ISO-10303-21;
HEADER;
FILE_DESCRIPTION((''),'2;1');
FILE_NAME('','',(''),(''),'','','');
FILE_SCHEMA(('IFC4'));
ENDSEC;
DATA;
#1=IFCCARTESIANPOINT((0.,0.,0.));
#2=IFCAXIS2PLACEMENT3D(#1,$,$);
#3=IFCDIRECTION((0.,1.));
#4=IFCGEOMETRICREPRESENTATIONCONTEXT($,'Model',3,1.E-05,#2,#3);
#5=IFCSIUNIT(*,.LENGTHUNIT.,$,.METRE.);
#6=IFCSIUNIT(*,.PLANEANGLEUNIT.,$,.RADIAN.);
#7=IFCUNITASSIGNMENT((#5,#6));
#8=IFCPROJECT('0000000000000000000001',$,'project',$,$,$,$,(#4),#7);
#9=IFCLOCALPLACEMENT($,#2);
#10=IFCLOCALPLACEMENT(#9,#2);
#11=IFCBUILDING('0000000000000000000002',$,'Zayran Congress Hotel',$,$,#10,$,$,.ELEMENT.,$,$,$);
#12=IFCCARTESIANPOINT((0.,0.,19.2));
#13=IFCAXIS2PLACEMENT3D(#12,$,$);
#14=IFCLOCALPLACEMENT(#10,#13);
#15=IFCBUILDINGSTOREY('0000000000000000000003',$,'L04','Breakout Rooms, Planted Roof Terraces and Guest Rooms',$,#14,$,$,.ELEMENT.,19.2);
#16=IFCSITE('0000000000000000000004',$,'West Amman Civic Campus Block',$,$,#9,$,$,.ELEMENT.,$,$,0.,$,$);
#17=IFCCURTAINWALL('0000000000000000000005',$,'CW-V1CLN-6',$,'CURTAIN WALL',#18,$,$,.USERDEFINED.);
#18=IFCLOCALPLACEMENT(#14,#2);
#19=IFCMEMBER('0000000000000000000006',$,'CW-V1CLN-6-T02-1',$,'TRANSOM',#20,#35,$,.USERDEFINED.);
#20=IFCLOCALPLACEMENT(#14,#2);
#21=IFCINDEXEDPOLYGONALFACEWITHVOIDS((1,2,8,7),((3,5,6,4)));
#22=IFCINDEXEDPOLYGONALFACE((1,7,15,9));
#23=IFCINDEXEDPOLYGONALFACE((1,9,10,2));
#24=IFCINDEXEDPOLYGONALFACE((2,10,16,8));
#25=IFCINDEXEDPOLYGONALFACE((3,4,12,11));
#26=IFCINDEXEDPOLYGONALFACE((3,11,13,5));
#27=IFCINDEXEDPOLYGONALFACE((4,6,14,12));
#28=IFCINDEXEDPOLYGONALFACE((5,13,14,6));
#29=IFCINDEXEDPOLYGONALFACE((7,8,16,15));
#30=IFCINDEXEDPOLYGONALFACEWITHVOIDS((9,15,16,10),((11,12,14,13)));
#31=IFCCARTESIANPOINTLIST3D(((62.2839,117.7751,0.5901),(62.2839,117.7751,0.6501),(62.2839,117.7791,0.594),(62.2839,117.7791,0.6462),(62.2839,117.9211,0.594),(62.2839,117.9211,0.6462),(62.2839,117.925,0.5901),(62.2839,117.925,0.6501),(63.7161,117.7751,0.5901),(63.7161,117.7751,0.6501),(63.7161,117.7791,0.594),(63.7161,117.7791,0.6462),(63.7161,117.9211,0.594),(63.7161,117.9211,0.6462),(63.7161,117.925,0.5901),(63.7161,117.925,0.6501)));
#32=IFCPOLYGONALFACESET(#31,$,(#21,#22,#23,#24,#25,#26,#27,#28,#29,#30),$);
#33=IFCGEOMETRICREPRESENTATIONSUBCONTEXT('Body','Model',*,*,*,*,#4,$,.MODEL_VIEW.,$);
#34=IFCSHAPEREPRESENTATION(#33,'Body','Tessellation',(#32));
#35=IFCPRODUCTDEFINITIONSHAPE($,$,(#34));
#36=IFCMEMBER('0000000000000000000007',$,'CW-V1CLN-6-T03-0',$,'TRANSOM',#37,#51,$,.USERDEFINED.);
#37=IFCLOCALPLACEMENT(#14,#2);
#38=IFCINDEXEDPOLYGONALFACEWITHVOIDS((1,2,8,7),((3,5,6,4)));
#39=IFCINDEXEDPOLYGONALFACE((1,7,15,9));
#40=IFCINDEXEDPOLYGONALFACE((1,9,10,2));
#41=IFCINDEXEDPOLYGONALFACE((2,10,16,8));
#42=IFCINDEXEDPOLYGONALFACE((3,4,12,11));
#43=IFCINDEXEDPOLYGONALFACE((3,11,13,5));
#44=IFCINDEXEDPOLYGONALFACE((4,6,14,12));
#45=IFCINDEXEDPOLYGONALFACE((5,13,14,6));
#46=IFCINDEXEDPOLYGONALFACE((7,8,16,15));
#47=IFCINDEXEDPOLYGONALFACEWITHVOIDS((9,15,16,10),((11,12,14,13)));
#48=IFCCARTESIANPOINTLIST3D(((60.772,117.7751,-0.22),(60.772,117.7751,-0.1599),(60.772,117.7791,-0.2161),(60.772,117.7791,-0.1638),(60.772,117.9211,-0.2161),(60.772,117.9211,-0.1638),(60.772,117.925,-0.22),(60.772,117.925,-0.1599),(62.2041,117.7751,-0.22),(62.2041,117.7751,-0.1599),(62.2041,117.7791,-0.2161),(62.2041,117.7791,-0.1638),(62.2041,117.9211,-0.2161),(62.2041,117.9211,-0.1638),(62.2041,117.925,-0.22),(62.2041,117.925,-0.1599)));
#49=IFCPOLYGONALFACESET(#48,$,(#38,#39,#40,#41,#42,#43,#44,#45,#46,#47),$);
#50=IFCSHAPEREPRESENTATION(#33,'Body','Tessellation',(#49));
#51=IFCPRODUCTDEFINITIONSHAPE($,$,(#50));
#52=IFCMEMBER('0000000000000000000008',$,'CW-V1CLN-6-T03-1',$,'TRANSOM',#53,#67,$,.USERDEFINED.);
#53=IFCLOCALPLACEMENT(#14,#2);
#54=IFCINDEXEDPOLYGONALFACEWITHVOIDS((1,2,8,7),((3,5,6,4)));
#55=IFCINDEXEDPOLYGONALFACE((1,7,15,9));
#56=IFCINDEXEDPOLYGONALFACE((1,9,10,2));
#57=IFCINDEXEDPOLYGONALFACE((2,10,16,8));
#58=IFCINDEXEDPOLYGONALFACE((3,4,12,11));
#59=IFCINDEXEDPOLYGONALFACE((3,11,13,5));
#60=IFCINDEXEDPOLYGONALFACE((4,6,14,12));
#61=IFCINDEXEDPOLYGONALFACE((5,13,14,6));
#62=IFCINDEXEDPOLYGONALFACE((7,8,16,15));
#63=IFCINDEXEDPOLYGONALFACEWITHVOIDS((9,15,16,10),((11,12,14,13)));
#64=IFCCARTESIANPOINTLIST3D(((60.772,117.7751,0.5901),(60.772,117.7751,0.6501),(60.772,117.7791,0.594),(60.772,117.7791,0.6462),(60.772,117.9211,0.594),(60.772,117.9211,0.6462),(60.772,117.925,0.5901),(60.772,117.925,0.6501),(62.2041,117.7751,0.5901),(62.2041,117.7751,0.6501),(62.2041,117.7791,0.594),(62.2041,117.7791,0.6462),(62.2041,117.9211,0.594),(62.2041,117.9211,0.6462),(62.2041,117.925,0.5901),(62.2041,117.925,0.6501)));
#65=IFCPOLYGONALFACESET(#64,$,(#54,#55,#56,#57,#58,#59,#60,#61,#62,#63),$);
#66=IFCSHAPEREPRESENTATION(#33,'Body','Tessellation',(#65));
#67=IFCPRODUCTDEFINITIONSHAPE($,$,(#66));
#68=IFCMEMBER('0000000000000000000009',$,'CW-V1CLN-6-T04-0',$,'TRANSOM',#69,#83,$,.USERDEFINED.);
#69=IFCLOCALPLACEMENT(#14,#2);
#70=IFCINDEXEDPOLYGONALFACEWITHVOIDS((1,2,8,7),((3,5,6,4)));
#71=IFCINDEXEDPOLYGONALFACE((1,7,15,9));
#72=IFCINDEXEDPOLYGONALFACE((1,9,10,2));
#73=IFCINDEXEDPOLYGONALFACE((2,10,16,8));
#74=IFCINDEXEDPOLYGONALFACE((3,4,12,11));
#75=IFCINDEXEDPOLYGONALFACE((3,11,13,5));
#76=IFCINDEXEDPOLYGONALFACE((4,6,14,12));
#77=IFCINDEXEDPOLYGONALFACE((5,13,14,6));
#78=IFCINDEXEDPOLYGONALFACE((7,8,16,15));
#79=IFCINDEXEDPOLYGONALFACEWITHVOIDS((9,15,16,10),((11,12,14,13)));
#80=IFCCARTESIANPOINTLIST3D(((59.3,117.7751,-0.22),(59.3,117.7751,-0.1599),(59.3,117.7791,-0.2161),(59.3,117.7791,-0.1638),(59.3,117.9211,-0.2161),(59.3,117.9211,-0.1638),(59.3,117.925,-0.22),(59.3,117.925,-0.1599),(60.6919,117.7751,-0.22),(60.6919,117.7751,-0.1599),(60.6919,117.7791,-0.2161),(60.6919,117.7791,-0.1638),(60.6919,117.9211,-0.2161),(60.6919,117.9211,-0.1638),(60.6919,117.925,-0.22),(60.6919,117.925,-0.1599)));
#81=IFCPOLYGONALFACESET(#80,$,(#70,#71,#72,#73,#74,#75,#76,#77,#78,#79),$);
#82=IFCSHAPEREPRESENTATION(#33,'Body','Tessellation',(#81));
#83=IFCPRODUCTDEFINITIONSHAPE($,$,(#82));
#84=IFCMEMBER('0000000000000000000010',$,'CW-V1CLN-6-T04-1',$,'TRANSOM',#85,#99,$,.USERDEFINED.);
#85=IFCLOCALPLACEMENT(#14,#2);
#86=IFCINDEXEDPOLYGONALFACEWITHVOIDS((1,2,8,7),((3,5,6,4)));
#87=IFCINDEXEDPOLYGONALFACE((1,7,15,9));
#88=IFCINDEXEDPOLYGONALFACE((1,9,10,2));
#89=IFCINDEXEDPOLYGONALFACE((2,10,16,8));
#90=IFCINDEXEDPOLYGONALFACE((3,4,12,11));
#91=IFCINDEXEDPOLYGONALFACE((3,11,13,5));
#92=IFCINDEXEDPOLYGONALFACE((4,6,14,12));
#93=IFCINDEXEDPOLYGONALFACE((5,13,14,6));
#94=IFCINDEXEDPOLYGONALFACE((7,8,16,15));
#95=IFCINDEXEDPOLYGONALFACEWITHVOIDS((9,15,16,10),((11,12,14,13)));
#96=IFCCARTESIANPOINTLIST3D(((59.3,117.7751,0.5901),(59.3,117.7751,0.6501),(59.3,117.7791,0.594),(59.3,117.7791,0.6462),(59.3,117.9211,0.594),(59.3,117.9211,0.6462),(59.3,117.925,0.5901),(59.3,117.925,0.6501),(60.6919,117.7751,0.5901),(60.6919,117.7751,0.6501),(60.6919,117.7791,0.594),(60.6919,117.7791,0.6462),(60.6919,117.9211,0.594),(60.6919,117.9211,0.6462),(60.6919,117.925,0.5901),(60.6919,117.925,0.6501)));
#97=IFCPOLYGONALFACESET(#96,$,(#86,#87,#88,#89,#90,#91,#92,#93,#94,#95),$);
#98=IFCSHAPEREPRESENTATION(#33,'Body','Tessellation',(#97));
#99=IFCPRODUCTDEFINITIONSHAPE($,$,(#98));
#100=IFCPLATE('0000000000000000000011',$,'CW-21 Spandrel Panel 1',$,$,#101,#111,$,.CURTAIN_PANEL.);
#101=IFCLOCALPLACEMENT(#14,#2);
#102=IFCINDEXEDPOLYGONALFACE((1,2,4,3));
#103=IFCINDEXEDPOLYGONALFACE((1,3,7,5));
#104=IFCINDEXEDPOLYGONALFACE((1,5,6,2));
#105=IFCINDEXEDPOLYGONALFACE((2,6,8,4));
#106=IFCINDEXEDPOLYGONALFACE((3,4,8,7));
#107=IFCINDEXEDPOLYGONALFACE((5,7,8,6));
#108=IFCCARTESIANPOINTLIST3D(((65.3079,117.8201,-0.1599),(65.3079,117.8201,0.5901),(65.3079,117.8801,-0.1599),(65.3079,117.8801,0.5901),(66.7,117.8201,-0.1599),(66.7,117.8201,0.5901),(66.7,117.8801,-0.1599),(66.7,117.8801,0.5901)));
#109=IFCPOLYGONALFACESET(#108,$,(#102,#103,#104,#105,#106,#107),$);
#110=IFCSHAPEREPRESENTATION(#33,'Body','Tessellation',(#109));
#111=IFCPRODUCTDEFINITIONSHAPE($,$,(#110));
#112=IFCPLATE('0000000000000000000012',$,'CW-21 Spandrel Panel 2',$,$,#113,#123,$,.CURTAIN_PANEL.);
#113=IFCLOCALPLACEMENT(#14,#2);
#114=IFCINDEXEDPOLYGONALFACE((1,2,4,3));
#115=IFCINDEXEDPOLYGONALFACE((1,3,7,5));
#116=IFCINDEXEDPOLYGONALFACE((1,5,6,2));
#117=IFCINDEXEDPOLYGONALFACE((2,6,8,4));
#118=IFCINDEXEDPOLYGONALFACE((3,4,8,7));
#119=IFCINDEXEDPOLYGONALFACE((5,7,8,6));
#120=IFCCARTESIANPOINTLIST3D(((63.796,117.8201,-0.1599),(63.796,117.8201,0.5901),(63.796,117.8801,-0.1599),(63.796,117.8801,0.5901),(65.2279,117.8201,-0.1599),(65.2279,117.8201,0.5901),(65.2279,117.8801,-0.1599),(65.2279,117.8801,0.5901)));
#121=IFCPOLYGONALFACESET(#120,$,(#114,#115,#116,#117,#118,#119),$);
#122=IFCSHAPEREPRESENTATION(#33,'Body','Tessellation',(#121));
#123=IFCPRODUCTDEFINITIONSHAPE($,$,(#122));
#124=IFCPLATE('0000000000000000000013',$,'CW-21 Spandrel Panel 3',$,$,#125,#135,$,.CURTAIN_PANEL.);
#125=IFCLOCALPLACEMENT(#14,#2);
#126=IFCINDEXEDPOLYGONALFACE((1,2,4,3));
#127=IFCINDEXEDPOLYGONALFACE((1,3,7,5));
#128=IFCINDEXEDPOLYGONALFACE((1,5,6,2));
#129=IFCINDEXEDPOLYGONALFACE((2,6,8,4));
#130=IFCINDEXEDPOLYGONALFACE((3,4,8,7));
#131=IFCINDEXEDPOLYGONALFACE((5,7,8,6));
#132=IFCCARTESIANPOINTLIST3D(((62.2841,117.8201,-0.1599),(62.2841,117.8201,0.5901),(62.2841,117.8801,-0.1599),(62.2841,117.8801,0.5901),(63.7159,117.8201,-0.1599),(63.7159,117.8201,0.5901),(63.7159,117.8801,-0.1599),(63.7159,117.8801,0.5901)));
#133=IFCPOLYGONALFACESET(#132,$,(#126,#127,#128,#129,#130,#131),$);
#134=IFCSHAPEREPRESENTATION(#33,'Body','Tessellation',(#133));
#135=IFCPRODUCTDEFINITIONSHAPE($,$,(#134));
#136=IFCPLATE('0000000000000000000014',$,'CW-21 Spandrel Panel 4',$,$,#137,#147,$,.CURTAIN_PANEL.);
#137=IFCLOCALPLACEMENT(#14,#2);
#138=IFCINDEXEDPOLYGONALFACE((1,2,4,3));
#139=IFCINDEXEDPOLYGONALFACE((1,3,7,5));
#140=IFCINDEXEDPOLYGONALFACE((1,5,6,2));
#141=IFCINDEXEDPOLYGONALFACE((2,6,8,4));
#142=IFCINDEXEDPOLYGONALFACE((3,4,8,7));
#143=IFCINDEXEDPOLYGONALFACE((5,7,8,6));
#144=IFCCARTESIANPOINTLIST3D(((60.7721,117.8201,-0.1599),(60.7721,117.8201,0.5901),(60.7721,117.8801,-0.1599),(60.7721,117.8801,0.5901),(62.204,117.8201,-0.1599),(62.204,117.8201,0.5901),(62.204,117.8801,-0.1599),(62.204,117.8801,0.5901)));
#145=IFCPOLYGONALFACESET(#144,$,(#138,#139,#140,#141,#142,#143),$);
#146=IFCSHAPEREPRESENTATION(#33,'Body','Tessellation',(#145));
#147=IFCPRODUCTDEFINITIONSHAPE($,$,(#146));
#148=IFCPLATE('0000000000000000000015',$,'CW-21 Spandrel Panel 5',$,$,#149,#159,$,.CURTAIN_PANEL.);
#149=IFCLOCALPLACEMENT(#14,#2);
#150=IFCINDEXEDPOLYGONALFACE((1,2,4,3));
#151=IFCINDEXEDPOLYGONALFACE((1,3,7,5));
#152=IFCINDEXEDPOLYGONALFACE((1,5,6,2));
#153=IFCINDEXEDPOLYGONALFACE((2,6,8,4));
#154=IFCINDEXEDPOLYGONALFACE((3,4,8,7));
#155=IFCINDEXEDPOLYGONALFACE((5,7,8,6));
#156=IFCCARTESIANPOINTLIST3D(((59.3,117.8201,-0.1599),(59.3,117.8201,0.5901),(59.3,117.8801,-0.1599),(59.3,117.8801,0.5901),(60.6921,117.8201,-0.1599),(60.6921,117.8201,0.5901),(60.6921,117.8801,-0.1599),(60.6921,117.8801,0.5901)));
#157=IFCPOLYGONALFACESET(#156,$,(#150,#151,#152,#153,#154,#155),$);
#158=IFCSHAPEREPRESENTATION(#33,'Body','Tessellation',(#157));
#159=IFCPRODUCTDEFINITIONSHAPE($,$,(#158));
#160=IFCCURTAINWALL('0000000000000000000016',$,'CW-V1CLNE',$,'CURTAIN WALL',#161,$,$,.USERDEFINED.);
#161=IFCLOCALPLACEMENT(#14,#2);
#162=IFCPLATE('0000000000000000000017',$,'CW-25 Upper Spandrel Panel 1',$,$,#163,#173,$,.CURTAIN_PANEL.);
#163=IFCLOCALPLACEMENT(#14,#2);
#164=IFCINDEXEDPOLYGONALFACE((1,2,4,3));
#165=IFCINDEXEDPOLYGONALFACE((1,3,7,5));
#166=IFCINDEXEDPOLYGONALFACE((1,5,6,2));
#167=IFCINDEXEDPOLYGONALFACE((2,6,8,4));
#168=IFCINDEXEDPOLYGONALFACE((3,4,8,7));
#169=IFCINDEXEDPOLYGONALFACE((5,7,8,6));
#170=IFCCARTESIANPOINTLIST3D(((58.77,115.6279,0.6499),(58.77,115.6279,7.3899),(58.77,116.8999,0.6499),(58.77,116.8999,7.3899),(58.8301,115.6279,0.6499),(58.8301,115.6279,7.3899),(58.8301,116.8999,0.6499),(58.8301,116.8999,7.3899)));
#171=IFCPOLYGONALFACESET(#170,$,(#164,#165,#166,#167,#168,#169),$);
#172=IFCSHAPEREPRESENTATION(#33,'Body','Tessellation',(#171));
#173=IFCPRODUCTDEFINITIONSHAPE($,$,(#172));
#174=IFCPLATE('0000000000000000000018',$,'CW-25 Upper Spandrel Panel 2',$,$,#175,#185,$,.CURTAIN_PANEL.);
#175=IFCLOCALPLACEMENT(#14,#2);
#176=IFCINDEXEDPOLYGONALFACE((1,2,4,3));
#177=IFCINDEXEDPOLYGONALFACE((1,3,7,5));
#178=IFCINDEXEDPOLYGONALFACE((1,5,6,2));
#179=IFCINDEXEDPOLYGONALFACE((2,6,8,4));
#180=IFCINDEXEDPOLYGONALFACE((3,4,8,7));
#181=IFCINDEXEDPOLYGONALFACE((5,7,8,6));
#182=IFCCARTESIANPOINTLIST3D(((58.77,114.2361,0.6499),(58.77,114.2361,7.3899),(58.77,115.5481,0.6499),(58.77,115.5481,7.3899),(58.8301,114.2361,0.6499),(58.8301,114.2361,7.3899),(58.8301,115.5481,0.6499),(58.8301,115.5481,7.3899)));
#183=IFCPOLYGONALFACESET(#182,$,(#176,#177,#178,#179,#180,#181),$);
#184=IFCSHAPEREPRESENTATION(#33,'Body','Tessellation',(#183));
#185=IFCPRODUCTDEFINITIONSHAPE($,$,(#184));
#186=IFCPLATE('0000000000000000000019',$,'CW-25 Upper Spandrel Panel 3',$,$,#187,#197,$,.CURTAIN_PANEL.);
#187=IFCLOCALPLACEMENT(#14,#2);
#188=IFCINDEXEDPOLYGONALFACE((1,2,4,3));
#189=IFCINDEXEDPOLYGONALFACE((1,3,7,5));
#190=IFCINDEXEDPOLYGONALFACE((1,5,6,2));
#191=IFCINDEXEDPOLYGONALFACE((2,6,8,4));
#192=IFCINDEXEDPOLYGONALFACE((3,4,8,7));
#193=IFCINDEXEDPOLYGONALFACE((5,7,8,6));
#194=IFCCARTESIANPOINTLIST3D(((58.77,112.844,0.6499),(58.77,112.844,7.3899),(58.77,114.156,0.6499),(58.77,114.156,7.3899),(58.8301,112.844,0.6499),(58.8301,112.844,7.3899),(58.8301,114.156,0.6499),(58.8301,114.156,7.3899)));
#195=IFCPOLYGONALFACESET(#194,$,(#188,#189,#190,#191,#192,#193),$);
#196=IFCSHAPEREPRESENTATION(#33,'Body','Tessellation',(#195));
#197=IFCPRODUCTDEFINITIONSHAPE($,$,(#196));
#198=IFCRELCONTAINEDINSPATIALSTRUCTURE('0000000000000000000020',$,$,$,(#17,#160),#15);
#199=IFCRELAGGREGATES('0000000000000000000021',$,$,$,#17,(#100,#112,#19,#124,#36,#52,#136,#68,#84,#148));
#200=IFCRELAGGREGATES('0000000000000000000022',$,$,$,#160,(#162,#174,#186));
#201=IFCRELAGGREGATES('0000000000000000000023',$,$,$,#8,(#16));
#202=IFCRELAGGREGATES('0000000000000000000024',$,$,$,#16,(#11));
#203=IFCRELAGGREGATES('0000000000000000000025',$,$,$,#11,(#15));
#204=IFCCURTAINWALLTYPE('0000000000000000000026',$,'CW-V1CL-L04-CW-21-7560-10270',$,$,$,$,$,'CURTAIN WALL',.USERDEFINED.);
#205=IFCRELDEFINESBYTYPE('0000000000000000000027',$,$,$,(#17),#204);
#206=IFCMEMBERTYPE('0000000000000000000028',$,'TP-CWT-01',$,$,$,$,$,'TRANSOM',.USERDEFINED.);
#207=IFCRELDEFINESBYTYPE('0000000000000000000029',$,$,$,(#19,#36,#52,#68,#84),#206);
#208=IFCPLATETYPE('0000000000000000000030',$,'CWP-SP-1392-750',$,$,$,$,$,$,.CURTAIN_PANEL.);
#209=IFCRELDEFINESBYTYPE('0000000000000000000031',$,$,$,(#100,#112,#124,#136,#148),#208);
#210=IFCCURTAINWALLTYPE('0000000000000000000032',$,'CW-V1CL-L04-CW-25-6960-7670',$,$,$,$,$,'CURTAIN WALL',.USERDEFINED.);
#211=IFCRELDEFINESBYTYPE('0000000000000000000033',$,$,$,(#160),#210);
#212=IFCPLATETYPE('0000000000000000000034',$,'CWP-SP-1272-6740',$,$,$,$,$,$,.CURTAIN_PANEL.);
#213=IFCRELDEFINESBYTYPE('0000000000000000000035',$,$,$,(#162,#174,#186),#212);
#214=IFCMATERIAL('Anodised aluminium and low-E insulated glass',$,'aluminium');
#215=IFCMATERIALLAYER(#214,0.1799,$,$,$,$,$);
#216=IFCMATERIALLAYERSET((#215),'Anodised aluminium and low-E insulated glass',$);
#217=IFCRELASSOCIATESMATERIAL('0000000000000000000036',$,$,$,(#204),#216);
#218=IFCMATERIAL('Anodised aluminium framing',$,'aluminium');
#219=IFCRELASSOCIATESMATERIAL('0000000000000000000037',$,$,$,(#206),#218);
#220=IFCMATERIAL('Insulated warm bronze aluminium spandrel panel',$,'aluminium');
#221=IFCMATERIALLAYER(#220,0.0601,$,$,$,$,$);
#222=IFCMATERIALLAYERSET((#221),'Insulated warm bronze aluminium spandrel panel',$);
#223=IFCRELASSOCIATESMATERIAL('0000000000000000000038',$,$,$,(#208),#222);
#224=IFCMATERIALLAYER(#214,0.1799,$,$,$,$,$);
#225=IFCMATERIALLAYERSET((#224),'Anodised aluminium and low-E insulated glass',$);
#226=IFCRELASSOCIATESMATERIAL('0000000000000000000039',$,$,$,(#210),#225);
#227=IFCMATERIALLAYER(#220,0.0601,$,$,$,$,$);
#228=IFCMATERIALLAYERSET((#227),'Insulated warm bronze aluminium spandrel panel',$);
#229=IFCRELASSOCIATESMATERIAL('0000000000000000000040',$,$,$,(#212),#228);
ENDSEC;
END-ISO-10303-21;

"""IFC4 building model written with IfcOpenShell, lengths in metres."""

from ifc_helpers import new_model, si_unit, direction, frame, origin, origin_2d, place, context, subcontext, project, spatial, rectangle, hollow_rectangle, extrude, material, layer, layer_set, material_profile, profile_set, type_object, element, aggregate, save


model = new_model("IFC4")

# Units and contexts
model_context = context("Model", 3, precision=1e-05, world=origin(), true_north=direction((0.0, 1.0)))
body_context = subcontext(model_context, "Body", "Model", "MODEL_VIEW")
ifc_project = project(units=[si_unit("LENGTHUNIT", "METRE"), si_unit("PLANEANGLEUNIT", "RADIAN")], contexts=[model_context])

# Site, building, storey
site_placement = place(None, origin())
site = spatial("IfcSite", under=ifc_project, at=site_placement, Name="West Amman Civic Campus Block", CompositionType="ELEMENT", RefElevation=0.0)
building_placement = place(site_placement, origin())
building = spatial("IfcBuilding", under=site, at=building_placement, Name="Zayran Congress Hotel", CompositionType="ELEMENT")
storey_placement = place(building_placement, frame((0.0, 0.0, 19.2)))
storey = spatial("IfcBuildingStorey", under=building, at=storey_placement, Name="L04", Description="Breakout Rooms, Planted Roof Terraces and Guest Rooms", CompositionType="ELEMENT", Elevation=19.2)

# Curtain wall, members, plates
ifc_material_1 = material(Name="Anodised aluminium and low-E insulated glass", Category="aluminium")
ifc_layer_1 = layer(ifc_material_1, 0.1799)
ifc_layer_set_1 = layer_set([ifc_layer_1], Name="Anodised aluminium and low-E insulated glass")
curtain_wall_type_1 = type_object("IfcCurtainWallType", Name="CW-V1CL-L04-CW-21-7560-10270", ElementType="CURTAIN WALL", PredefinedType="USERDEFINED", material=ifc_layer_set_1)
curtain_wall_1_placement = place(storey_placement, origin())
curtain_wall_1 = element("IfcCurtainWall", 1, at=curtain_wall_1_placement, inside=storey, type_object=curtain_wall_type_1, Name="CW-V1CLN-6", ObjectType="CURTAIN WALL", PredefinedType="USERDEFINED")
ifc_material_2 = material(Name="Anodised aluminium framing", Category="aluminium")
ifc_material_profile_1 = material_profile(ifc_material_2, hollow_rectangle(XDim=0.0601, YDim=0.1499, WallThickness=0.0039, at=origin_2d()), Name="RHS 150x60x4")
ifc_profile_set_1 = profile_set([ifc_material_profile_1], Name="Anodised aluminium framing")
member_type_1 = type_object("IfcMemberType", Name="TP-CWT-01", ElementType="TRANSOM", PredefinedType="USERDEFINED", material=ifc_profile_set_1)
member_1_placement = place(storey_placement, frame((63.7161, 117.8501, 0.6201), z_axis=(-1.0, 0.0, 0.0), x_axis=(0.0, 0.0, 1.0)))
member_1 = element("IfcMember", 2, at=member_1_placement, type_object=member_type_1, Name="CW-V1CLN-6-T02-1", ObjectType="TRANSOM", PredefinedType="USERDEFINED", context=body_context, shape_type="SweptSolid", body=[
    extrude(hollow_rectangle(XDim=0.0601, YDim=0.1499, WallThickness=0.0039, at=origin_2d()), origin(), (0.0, 0.0, 1.0), 1.4321),
])
member_2_placement = place(storey_placement, frame((62.2041, 117.8501, -0.1899), z_axis=(-1.0, 0.0, 0.0), x_axis=(0.0, 0.0, 1.0)))
member_2 = element("IfcMember", 3, at=member_2_placement, type_object=member_type_1, Name="CW-V1CLN-6-T03-0", ObjectType="TRANSOM", PredefinedType="USERDEFINED", context=body_context, shape_type="SweptSolid", body=[
    extrude(hollow_rectangle(XDim=0.0601, YDim=0.1499, WallThickness=0.0039, at=origin_2d()), origin(), (0.0, 0.0, 1.0), 1.4321),
])
member_3_placement = place(storey_placement, frame((62.2041, 117.8501, 0.6201), z_axis=(-1.0, 0.0, 0.0), x_axis=(0.0, 0.0, 1.0)))
member_3 = element("IfcMember", 4, at=member_3_placement, type_object=member_type_1, Name="CW-V1CLN-6-T03-1", ObjectType="TRANSOM", PredefinedType="USERDEFINED", context=body_context, shape_type="SweptSolid", body=[
    extrude(hollow_rectangle(XDim=0.0601, YDim=0.1499, WallThickness=0.0039, at=origin_2d()), origin(), (0.0, 0.0, 1.0), 1.4321),
])
member_4_placement = place(storey_placement, frame((60.6919, 117.8501, -0.1899), z_axis=(-1.0, 0.0, 0.0), x_axis=(0.0, 0.0, 1.0)))
member_4 = element("IfcMember", 5, at=member_4_placement, type_object=member_type_1, Name="CW-V1CLN-6-T04-0", ObjectType="TRANSOM", PredefinedType="USERDEFINED", context=body_context, shape_type="SweptSolid", body=[
    extrude(hollow_rectangle(XDim=0.0601, YDim=0.1499, WallThickness=0.0039, at=origin_2d()), origin(), (0.0, 0.0, 1.0), 1.3918),
])
member_5_placement = place(storey_placement, frame((60.6919, 117.8501, 0.6201), z_axis=(-1.0, 0.0, 0.0), x_axis=(0.0, 0.0, 1.0)))
member_5 = element("IfcMember", 6, at=member_5_placement, type_object=member_type_1, Name="CW-V1CLN-6-T04-1", ObjectType="TRANSOM", PredefinedType="USERDEFINED", context=body_context, shape_type="SweptSolid", body=[
    extrude(hollow_rectangle(XDim=0.0601, YDim=0.1499, WallThickness=0.0039, at=origin_2d()), origin(), (0.0, 0.0, 1.0), 1.3918),
])
ifc_material_3 = material(Name="Insulated warm bronze aluminium spandrel panel", Category="aluminium")
ifc_layer_2 = layer(ifc_material_3, 0.0601)
ifc_layer_set_2 = layer_set([ifc_layer_2], Name="Insulated warm bronze aluminium spandrel panel")
plate_type_1 = type_object("IfcPlateType", Name="CWP-SP-1392-750", PredefinedType="CURTAIN_PANEL", material=ifc_layer_set_2)
plate_1_placement = place(storey_placement, frame((66.0039, 117.8501, -0.1599), z_axis=(0.0, 0.0, 1.0), x_axis=(1.0, 0.0, 0.0)))
plate_1 = element("IfcPlate", 7, at=plate_1_placement, type_object=plate_type_1, Name="CW-21 Spandrel Panel 1", PredefinedType="CURTAIN_PANEL", context=body_context, shape_type="SweptSolid", body=[
    extrude(rectangle(XDim=1.3921, YDim=0.0601, at=origin_2d()), origin(), (0.0, 0.0, 1.0), 0.75),
])
plate_2_placement = place(storey_placement, frame((64.512, 117.8501, -0.1599), z_axis=(0.0, 0.0, 1.0), x_axis=(1.0, 0.0, 0.0)))
plate_2 = element("IfcPlate", 8, at=plate_2_placement, type_object=plate_type_1, Name="CW-21 Spandrel Panel 2", PredefinedType="CURTAIN_PANEL", context=body_context, shape_type="SweptSolid", body=[
    extrude(rectangle(XDim=1.4319, YDim=0.0601, at=origin_2d()), origin(), (0.0, 0.0, 1.0), 0.75),
])
plate_3_placement = place(storey_placement, frame((63.0, 117.8501, -0.1599), z_axis=(0.0, 0.0, 1.0), x_axis=(1.0, 0.0, 0.0)))
plate_3 = element("IfcPlate", 9, at=plate_3_placement, type_object=plate_type_1, Name="CW-21 Spandrel Panel 3", PredefinedType="CURTAIN_PANEL", context=body_context, shape_type="SweptSolid", body=[
    extrude(rectangle(XDim=1.4319, YDim=0.0601, at=origin_2d()), origin(), (0.0, 0.0, 1.0), 0.75),
])
plate_4_placement = place(storey_placement, frame((61.488, 117.8501, -0.1599), z_axis=(0.0, 0.0, 1.0), x_axis=(1.0, 0.0, 0.0)))
plate_4 = element("IfcPlate", 10, at=plate_4_placement, type_object=plate_type_1, Name="CW-21 Spandrel Panel 4", PredefinedType="CURTAIN_PANEL", context=body_context, shape_type="SweptSolid", body=[
    extrude(rectangle(XDim=1.4319, YDim=0.0601, at=origin_2d()), origin(), (0.0, 0.0, 1.0), 0.75),
])
plate_5_placement = place(storey_placement, frame((59.9961, 117.8501, -0.1599), z_axis=(0.0, 0.0, 1.0), x_axis=(1.0, 0.0, 0.0)))
plate_5 = element("IfcPlate", 11, at=plate_5_placement, type_object=plate_type_1, Name="CW-21 Spandrel Panel 5", PredefinedType="CURTAIN_PANEL", context=body_context, shape_type="SweptSolid", body=[
    extrude(rectangle(XDim=1.3921, YDim=0.0601, at=origin_2d()), origin(), (0.0, 0.0, 1.0), 0.75),
])
aggregate(curtain_wall_1, [plate_1, plate_2, member_1, plate_3, member_2, member_3, plate_4, member_4, member_5, plate_5])

# Curtain wall, plates
ifc_layer_3 = layer(ifc_material_1, 0.1799)
ifc_layer_set_3 = layer_set([ifc_layer_3], Name="Anodised aluminium and low-E insulated glass")
curtain_wall_type_2 = type_object("IfcCurtainWallType", Name="CW-V1CL-L04-CW-25-6960-7670", ElementType="CURTAIN WALL", PredefinedType="USERDEFINED", material=ifc_layer_set_3)
curtain_wall_2_placement = place(storey_placement, origin())
curtain_wall_2 = element("IfcCurtainWall", 12, at=curtain_wall_2_placement, inside=storey, type_object=curtain_wall_type_2, Name="CW-V1CLNE", ObjectType="CURTAIN WALL", PredefinedType="USERDEFINED")
ifc_layer_4 = layer(ifc_material_3, 0.0601)
ifc_layer_set_4 = layer_set([ifc_layer_4], Name="Insulated warm bronze aluminium spandrel panel")
plate_type_2 = type_object("IfcPlateType", Name="CWP-SP-1272-6740", PredefinedType="CURTAIN_PANEL", material=ifc_layer_set_4)
plate_6_placement = place(storey_placement, frame((58.8, 116.2639, 0.6499), z_axis=(0.0, 0.0, 1.0), x_axis=(0.0, 1.0, 0.0)))
plate_6 = element("IfcPlate", 13, at=plate_6_placement, type_object=plate_type_2, Name="CW-25 Upper Spandrel Panel 1", PredefinedType="CURTAIN_PANEL", context=body_context, shape_type="SweptSolid", body=[
    extrude(rectangle(XDim=1.272, YDim=0.0601, at=origin_2d()), origin(), (0.0, 0.0, 1.0), 6.74),
])
plate_7_placement = place(storey_placement, frame((58.8, 114.8921, 0.6499), z_axis=(0.0, 0.0, 1.0), x_axis=(0.0, 1.0, 0.0)))
plate_7 = element("IfcPlate", 14, at=plate_7_placement, type_object=plate_type_2, Name="CW-25 Upper Spandrel Panel 2", PredefinedType="CURTAIN_PANEL", context=body_context, shape_type="SweptSolid", body=[
    extrude(rectangle(XDim=1.312, YDim=0.0601, at=origin_2d()), origin(), (0.0, 0.0, 1.0), 6.74),
])
plate_8_placement = place(storey_placement, frame((58.8, 113.5, 0.6499), z_axis=(0.0, 0.0, 1.0), x_axis=(0.0, 1.0, 0.0)))
plate_8 = element("IfcPlate", 15, at=plate_8_placement, type_object=plate_type_2, Name="CW-25 Upper Spandrel Panel 3", PredefinedType="CURTAIN_PANEL", context=body_context, shape_type="SweptSolid", body=[
    extrude(rectangle(XDim=1.312, YDim=0.0601, at=origin_2d()), origin(), (0.0, 0.0, 1.0), 6.74),
])
aggregate(curtain_wall_2, [plate_6, plate_7, plate_8])

save(model, "model.ifc")
